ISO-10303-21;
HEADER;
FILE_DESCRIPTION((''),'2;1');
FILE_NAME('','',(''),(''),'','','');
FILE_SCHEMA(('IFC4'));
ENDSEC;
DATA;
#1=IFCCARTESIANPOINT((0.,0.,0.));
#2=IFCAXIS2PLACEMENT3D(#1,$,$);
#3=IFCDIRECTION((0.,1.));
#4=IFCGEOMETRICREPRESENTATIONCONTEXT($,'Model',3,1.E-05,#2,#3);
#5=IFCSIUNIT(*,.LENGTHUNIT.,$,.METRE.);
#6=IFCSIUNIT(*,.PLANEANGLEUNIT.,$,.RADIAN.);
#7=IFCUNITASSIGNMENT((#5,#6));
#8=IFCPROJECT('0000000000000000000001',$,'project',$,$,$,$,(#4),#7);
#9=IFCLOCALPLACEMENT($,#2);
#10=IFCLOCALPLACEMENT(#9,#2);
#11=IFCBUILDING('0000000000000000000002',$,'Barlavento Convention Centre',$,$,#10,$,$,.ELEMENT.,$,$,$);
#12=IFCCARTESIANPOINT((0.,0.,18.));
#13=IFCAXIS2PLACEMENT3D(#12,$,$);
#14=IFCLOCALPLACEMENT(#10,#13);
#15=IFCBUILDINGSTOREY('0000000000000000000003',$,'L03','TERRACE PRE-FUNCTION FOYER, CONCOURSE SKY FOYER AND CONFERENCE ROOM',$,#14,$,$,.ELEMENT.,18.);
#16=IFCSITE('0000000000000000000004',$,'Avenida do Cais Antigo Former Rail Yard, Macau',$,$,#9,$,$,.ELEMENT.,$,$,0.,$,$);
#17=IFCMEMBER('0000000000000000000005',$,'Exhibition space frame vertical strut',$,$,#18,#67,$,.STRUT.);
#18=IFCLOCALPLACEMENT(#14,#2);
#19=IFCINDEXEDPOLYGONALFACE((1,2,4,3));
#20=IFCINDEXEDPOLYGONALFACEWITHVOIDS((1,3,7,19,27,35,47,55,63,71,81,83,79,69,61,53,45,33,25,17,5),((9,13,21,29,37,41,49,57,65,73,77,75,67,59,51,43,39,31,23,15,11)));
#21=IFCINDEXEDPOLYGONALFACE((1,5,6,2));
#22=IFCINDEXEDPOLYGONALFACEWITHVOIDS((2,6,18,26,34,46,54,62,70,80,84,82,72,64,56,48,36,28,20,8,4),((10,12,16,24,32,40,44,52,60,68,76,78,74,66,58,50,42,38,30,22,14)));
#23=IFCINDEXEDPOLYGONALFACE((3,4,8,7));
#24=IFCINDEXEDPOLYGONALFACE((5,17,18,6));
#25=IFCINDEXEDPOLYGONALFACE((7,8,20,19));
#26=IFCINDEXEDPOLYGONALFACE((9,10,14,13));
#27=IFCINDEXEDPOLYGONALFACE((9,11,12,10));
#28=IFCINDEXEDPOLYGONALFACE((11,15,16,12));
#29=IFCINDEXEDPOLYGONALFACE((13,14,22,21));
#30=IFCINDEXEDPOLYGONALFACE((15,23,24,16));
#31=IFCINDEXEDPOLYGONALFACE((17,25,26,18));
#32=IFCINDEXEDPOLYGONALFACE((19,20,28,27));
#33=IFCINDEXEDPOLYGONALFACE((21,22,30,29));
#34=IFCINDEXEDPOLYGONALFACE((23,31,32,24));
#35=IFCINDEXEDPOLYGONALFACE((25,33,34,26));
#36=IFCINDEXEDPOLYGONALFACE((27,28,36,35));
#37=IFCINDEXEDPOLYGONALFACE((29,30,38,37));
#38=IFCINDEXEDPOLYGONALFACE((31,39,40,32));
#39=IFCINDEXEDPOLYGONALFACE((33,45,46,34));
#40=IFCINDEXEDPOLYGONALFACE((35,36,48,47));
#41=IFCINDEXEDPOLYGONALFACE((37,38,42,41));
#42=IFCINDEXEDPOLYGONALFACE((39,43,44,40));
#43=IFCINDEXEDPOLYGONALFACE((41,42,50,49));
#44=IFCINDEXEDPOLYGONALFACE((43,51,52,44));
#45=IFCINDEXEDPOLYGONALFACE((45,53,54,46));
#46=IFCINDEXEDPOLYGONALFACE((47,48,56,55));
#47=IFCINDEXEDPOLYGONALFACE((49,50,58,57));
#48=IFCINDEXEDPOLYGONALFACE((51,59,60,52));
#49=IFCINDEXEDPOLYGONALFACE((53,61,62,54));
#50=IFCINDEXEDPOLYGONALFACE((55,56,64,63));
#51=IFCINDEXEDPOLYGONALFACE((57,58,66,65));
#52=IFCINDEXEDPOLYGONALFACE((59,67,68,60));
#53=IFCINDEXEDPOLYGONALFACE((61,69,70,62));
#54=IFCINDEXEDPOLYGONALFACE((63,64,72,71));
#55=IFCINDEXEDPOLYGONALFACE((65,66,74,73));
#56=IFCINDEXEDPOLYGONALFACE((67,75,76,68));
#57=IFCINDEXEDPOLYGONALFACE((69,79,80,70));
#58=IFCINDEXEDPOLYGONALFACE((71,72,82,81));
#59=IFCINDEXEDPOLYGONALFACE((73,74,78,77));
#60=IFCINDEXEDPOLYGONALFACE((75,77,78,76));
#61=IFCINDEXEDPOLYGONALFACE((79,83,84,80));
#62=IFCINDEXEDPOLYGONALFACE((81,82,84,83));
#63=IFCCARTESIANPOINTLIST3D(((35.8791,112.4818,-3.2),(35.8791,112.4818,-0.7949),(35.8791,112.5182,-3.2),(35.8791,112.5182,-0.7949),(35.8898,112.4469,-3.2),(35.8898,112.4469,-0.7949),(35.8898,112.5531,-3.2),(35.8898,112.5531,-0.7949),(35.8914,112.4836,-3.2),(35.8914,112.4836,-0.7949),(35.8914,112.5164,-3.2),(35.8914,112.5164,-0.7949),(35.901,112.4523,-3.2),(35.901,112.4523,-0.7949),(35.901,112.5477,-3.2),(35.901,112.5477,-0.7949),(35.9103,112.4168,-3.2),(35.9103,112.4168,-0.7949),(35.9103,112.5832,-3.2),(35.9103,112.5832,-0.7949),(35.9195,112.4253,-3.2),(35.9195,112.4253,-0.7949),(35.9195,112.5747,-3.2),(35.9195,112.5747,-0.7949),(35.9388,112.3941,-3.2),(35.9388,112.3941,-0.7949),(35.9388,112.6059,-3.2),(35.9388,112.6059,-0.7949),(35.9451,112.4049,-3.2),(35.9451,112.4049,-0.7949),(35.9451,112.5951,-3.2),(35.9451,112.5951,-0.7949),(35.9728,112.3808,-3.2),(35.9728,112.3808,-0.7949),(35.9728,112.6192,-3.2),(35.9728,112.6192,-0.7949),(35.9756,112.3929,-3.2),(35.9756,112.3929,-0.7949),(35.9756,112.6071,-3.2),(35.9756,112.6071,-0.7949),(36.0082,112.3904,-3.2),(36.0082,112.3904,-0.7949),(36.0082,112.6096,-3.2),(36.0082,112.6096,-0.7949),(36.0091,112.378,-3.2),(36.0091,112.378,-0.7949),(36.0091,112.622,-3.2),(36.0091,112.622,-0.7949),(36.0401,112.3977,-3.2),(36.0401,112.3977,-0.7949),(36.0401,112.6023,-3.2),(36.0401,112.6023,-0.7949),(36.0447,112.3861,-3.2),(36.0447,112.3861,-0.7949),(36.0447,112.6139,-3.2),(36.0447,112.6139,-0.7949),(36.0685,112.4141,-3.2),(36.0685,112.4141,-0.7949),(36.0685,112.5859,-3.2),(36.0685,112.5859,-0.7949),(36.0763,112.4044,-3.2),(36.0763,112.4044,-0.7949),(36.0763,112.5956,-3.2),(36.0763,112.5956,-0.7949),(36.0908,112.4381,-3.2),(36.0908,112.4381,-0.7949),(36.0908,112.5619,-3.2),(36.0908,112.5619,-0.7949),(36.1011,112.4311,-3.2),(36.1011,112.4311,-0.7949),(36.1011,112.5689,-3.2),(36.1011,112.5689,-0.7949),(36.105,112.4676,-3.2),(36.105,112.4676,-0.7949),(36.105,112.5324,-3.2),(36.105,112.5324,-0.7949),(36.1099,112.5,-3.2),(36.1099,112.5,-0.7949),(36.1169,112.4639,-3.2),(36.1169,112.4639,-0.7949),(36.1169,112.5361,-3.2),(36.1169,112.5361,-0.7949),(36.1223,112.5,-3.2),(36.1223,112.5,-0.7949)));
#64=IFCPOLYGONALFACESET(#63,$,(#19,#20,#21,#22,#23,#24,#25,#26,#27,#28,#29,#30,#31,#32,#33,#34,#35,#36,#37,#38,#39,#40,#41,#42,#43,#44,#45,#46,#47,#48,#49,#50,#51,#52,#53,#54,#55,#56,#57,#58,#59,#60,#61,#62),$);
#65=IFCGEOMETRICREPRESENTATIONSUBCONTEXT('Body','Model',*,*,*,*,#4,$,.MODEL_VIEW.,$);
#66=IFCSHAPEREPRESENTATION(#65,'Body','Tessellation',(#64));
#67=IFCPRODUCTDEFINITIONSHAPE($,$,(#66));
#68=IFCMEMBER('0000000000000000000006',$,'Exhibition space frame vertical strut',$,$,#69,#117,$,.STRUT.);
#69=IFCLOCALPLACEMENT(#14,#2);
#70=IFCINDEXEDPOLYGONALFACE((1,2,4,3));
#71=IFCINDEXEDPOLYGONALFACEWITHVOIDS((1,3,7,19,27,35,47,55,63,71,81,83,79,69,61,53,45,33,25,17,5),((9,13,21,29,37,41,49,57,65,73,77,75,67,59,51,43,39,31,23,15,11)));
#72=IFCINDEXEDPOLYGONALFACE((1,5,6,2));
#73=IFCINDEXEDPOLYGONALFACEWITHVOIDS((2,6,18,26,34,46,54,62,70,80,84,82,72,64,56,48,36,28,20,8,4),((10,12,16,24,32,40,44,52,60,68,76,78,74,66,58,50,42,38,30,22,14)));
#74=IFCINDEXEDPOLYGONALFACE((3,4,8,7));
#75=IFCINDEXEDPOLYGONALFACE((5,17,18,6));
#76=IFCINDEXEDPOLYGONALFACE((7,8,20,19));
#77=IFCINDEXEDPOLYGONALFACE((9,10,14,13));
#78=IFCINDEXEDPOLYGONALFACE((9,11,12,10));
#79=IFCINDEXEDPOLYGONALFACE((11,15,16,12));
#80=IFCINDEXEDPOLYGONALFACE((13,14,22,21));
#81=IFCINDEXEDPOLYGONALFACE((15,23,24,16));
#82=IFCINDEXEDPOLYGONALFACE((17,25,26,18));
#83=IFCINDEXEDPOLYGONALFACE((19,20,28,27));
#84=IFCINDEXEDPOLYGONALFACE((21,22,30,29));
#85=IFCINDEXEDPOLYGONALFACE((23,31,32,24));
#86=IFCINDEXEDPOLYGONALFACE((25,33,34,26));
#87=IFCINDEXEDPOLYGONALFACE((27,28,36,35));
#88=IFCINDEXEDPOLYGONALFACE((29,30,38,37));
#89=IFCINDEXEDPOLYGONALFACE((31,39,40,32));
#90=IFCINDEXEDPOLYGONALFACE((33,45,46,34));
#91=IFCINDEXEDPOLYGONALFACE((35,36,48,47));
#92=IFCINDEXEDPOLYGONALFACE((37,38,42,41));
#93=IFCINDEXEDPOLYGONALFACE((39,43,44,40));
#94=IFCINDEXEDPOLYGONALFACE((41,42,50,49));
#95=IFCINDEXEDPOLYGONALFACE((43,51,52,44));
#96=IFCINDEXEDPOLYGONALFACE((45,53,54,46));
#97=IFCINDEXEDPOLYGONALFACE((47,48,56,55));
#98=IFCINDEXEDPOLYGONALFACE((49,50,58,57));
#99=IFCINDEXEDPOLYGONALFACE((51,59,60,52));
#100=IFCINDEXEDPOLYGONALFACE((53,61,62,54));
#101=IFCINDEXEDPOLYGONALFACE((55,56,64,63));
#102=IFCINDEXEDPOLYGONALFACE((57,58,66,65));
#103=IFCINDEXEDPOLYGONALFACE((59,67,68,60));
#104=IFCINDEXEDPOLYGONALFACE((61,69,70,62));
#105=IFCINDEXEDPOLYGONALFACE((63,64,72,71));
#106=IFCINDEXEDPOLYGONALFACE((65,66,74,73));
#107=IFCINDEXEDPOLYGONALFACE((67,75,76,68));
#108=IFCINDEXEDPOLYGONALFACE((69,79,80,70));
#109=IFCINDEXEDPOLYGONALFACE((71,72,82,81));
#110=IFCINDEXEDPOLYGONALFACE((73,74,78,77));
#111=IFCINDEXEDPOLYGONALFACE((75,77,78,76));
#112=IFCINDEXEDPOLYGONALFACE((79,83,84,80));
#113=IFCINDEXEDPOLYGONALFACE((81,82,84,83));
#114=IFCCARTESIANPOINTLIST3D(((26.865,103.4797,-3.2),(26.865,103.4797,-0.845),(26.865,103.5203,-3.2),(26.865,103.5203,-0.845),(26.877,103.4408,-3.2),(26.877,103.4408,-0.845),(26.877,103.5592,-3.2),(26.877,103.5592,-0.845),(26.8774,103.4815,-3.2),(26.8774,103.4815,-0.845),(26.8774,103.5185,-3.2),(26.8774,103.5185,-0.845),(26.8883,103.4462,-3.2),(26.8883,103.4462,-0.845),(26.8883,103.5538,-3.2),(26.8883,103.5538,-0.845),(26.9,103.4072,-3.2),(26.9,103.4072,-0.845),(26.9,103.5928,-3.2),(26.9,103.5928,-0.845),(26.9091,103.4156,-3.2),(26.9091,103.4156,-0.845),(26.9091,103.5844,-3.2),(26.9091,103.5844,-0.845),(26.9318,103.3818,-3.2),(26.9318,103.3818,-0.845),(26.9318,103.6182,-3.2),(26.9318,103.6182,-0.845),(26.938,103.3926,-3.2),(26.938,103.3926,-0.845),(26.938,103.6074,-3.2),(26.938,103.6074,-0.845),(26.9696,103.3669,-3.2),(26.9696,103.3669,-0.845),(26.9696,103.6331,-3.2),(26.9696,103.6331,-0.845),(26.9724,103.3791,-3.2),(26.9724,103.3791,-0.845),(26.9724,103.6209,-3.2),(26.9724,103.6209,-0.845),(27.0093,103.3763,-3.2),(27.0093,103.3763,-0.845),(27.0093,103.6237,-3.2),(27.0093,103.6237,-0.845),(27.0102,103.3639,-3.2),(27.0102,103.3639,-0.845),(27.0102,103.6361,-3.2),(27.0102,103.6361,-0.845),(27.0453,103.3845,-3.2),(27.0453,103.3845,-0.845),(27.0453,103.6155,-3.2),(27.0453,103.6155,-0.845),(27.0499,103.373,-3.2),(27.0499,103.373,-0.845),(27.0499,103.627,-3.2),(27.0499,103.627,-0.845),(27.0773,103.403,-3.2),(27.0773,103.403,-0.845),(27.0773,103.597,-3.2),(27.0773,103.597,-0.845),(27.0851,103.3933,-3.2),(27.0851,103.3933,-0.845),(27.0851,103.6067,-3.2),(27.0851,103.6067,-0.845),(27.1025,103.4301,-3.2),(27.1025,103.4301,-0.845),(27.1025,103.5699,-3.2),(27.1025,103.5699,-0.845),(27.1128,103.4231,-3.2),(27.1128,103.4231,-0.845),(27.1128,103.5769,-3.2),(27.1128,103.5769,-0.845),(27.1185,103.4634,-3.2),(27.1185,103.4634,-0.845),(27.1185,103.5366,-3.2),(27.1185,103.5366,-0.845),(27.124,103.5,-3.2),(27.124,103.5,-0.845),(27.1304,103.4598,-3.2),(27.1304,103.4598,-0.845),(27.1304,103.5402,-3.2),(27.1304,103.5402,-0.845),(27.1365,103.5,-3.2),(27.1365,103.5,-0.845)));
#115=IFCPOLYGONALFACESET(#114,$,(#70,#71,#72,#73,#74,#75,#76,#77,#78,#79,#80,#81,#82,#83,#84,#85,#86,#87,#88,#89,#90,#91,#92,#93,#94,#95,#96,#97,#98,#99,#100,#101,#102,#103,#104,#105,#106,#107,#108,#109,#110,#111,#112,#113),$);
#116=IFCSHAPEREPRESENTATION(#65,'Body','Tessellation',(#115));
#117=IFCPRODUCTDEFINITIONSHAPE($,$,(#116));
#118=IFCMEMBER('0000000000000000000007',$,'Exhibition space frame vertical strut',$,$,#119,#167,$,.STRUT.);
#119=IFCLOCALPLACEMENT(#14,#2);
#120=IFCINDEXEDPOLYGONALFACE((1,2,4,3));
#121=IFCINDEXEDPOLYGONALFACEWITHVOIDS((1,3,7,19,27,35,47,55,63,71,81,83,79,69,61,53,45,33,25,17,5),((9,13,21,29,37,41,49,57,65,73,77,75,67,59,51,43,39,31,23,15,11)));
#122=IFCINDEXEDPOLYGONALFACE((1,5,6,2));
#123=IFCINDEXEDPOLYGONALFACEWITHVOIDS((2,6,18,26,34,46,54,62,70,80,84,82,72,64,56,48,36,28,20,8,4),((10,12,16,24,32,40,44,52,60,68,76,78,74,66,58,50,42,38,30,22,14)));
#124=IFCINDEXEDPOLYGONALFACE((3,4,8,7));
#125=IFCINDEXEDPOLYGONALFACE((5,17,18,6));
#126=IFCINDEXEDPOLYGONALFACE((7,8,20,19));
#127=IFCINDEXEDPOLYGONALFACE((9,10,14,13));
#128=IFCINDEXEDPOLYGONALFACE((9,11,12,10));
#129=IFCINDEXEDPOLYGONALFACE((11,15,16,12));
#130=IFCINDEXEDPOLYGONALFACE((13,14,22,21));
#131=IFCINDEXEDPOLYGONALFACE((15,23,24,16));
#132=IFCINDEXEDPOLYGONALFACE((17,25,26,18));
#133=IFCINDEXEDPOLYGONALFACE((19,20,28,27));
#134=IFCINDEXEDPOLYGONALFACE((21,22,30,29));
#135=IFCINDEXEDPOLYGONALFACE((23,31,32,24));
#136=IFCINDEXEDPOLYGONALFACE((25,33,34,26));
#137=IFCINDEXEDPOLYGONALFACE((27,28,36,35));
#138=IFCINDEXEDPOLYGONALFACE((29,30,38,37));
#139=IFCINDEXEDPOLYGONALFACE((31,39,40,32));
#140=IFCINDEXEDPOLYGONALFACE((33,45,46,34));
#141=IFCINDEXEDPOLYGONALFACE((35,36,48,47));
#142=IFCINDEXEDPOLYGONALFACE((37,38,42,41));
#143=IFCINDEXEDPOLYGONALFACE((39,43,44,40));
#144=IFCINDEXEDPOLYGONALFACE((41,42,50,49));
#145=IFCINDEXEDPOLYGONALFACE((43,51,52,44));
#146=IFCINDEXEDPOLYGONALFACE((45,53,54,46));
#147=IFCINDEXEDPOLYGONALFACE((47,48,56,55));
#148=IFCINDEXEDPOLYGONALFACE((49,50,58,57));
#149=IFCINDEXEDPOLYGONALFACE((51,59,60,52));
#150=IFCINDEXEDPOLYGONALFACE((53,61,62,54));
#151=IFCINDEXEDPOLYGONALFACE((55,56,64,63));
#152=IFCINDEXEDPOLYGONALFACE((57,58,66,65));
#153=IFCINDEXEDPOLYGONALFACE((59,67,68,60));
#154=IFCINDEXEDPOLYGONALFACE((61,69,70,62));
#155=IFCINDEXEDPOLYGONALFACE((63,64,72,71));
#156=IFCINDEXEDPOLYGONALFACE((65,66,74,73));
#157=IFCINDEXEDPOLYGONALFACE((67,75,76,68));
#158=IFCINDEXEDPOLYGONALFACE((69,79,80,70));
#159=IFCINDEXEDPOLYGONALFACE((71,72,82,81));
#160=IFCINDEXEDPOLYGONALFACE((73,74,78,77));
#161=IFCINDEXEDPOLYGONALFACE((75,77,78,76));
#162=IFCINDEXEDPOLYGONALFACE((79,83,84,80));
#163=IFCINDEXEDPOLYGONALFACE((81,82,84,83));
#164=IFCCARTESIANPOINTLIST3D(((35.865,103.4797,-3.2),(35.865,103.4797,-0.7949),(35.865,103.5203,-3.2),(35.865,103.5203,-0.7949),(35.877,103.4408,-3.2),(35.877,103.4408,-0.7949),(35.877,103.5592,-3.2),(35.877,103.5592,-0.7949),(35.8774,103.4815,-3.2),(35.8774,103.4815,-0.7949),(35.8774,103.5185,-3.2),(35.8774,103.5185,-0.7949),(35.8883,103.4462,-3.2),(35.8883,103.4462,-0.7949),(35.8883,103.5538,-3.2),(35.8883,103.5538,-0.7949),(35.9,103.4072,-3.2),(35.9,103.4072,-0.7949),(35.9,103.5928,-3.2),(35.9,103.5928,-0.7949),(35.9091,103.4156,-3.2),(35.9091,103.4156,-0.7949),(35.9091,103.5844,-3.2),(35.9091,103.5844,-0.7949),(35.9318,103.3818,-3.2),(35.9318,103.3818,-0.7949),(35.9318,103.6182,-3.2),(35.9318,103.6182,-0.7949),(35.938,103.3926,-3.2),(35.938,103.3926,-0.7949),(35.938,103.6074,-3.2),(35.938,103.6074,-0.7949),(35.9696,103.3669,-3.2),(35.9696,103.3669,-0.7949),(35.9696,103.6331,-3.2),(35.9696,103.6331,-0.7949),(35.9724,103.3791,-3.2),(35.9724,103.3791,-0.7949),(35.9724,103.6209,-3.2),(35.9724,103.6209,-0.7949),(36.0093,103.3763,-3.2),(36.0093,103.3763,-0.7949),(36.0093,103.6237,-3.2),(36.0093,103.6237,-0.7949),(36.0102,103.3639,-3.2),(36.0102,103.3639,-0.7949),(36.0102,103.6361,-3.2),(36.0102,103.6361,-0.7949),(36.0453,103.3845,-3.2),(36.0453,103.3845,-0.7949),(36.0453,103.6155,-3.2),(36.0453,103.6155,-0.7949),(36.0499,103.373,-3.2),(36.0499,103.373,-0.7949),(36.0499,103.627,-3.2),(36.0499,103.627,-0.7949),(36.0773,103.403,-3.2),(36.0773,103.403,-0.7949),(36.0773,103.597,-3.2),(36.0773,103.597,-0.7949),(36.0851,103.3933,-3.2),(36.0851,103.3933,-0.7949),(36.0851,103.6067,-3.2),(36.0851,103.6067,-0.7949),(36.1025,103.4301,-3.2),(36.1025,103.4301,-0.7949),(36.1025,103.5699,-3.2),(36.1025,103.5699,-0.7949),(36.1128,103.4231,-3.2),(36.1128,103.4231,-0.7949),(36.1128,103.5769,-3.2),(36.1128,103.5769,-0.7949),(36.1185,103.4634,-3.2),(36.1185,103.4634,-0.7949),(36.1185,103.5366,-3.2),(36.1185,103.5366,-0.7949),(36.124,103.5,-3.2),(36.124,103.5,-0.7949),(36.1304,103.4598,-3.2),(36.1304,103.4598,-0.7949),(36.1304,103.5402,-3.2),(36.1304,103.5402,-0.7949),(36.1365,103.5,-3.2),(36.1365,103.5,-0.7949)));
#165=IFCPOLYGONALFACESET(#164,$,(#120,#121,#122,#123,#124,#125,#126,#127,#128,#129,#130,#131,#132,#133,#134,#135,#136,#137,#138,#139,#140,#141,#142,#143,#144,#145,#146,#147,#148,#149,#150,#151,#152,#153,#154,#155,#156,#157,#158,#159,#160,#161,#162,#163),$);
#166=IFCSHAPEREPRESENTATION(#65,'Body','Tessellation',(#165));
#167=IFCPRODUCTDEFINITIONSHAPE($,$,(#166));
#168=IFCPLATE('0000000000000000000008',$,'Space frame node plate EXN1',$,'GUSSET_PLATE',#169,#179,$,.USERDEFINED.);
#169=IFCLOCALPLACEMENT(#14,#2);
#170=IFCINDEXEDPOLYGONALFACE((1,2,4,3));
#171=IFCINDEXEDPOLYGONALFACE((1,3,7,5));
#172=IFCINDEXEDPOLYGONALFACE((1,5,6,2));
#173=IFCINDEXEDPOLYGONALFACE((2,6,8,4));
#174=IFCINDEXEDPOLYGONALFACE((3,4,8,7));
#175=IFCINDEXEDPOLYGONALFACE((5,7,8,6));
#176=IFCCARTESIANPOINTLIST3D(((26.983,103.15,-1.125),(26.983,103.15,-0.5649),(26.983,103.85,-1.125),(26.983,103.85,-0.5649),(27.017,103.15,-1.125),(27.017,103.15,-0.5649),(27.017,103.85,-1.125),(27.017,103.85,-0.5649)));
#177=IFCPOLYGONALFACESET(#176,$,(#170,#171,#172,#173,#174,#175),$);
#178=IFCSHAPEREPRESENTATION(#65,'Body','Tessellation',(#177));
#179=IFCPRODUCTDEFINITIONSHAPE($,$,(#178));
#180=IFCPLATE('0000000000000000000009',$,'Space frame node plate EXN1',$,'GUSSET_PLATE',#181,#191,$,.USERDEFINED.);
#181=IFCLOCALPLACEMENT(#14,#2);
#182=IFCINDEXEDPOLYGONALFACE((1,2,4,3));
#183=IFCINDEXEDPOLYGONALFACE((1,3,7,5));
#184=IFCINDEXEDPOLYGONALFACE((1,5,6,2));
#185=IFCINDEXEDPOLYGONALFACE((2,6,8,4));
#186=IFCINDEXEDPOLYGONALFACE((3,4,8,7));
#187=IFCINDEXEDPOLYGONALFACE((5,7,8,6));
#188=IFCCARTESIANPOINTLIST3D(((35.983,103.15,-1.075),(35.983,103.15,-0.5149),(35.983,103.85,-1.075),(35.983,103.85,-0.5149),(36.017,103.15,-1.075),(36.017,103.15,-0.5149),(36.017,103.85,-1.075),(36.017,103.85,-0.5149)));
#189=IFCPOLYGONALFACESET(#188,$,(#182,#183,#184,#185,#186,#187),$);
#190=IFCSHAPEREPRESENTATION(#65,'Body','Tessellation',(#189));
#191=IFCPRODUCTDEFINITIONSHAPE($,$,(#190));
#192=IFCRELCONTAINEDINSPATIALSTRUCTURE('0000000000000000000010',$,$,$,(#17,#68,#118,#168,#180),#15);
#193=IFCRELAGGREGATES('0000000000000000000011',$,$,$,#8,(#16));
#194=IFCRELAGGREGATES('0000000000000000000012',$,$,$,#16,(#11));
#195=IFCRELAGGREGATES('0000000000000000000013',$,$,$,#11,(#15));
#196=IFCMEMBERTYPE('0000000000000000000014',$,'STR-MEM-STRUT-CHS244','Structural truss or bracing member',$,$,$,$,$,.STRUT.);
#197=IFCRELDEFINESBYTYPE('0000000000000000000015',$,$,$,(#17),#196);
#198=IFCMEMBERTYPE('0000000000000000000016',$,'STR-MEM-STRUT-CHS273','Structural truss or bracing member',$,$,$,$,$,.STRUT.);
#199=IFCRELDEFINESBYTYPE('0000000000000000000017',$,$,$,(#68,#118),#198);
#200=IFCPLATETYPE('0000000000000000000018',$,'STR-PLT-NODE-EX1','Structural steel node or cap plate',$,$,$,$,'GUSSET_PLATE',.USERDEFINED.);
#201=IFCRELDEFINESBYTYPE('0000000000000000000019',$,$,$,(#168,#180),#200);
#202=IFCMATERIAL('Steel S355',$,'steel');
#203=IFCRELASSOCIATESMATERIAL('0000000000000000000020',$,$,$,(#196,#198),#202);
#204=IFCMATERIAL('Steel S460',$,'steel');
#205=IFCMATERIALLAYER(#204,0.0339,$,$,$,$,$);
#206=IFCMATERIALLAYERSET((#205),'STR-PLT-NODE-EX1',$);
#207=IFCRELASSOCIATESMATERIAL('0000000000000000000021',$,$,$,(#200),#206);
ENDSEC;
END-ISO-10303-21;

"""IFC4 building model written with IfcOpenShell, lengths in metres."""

from ifc_helpers import new_model, si_unit, direction, frame, origin, origin_2d, place, context, subcontext, project, spatial, rectangle, hollow_circle, extrude, material, layer, layer_set, material_profile, profile_set, type_object, element, save


model = new_model("IFC4")

# Units and contexts
model_context = context("Model", 3, precision=1e-05, world=origin(), true_north=direction((0.0, 1.0)))
body_context = subcontext(model_context, "Body", "Model", "MODEL_VIEW")
ifc_project = project(units=[si_unit("LENGTHUNIT", "METRE"), si_unit("PLANEANGLEUNIT", "RADIAN")], contexts=[model_context])

# Site, building, storey
site_placement = place(None, origin())
site = spatial("IfcSite", under=ifc_project, at=site_placement, Name="Avenida do Cais Antigo Former Rail Yard, Macau", CompositionType="ELEMENT", RefElevation=0.0)
building_placement = place(site_placement, origin())
building = spatial("IfcBuilding", under=site, at=building_placement, Name="Barlavento Convention Centre", CompositionType="ELEMENT")
storey_placement = place(building_placement, frame((0.0, 0.0, 18.0)))
storey = spatial("IfcBuildingStorey", under=building, at=storey_placement, Name="L03", Description="TERRACE PRE-FUNCTION FOYER, CONCOURSE SKY FOYER AND CONFERENCE ROOM", CompositionType="ELEMENT", Elevation=18.0)

# Shared definitions
ifc_material_1 = material(Name="Steel S355", Category="steel")

# Members
ifc_material_profile_1 = material_profile(ifc_material_1, hollow_circle(Radius=0.1223, WallThickness=0.0125, at=origin_2d()), Name="CHS 244.5x12.5")
ifc_profile_set_1 = profile_set([ifc_material_profile_1], Name="Steel S355")
member_type_1 = type_object("IfcMemberType", Name="STR-MEM-STRUT-CHS244", Description="Structural truss or bracing member", PredefinedType="STRUT", material=ifc_profile_set_1)
member_1_placement = place(storey_placement, frame((36.0, 112.5, -3.2), z_axis=(0.0, 0.0, 1.0), x_axis=(1.0, 0.0, 0.0)))
element("IfcMember", 1, at=member_1_placement, inside=storey, type_object=member_type_1, Name="Exhibition space frame vertical strut", PredefinedType="STRUT", context=body_context, shape_type="SweptSolid", body=[
    extrude(hollow_circle(Radius=0.1223, WallThickness=0.0125, at=origin_2d()), origin(), (0.0, 0.0, 1.0), 2.405),
])
ifc_material_profile_2 = material_profile(ifc_material_1, hollow_circle(Radius=0.1365, WallThickness=0.0125, at=origin_2d()), Name="CHS 273.0x12.5")
ifc_profile_set_2 = profile_set([ifc_material_profile_2], Name="Steel S355")
member_type_2 = type_object("IfcMemberType", Name="STR-MEM-STRUT-CHS273", Description="Structural truss or bracing member", PredefinedType="STRUT", material=ifc_profile_set_2)
member_2_placement = place(storey_placement, frame((27.0, 103.5, -3.2), z_axis=(0.0, 0.0, 1.0), x_axis=(1.0, 0.0, 0.0)))
element("IfcMember", 2, at=member_2_placement, inside=storey, type_object=member_type_2, Name="Exhibition space frame vertical strut", PredefinedType="STRUT", context=body_context, shape_type="SweptSolid", body=[
    extrude(hollow_circle(Radius=0.1365, WallThickness=0.0125, at=origin_2d()), origin(), (0.0, 0.0, 1.0), 2.355),
])
member_3_placement = place(storey_placement, frame((36.0, 103.5, -3.2), z_axis=(0.0, 0.0, 1.0), x_axis=(1.0, 0.0, 0.0)))
element("IfcMember", 3, at=member_3_placement, inside=storey, type_object=member_type_2, Name="Exhibition space frame vertical strut", PredefinedType="STRUT", context=body_context, shape_type="SweptSolid", body=[
    extrude(hollow_circle(Radius=0.1365, WallThickness=0.0125, at=origin_2d()), origin(), (0.0, 0.0, 1.0), 2.405),
])

# Plates
ifc_material_2 = material(Name="Steel S460", Category="steel")
ifc_layer = layer(ifc_material_2, 0.0339)
ifc_layer_set = layer_set([ifc_layer], Name="STR-PLT-NODE-EX1")
plate_type = type_object("IfcPlateType", Name="STR-PLT-NODE-EX1", Description="Structural steel node or cap plate", ElementType="GUSSET_PLATE", PredefinedType="USERDEFINED", material=ifc_layer_set)
for number, where, z_axis, x_axis, name in (
    (4, (27.0, 103.5, -1.125), (0.0, 0.0, 1.0), (1.0, 0.0, 0.0), "Space frame node plate EXN1"),
    (5, (36.0, 103.5, -1.075), (0.0, 0.0, 1.0), (1.0, 0.0, 0.0), "Space frame node plate EXN1"),
):
    element("IfcPlate", number, at=place(storey_placement, frame(where, z_axis=z_axis, x_axis=x_axis)), inside=storey, type_object=plate_type, Name=name, ObjectType="GUSSET_PLATE", PredefinedType="USERDEFINED", context=body_context, shape_type="SweptSolid", body=[
        extrude(rectangle(XDim=0.0339, YDim=0.7, at=origin_2d()), origin(), (0.0, 0.0, 1.0), 0.5601),
    ])

save(model, "model.ifc")
